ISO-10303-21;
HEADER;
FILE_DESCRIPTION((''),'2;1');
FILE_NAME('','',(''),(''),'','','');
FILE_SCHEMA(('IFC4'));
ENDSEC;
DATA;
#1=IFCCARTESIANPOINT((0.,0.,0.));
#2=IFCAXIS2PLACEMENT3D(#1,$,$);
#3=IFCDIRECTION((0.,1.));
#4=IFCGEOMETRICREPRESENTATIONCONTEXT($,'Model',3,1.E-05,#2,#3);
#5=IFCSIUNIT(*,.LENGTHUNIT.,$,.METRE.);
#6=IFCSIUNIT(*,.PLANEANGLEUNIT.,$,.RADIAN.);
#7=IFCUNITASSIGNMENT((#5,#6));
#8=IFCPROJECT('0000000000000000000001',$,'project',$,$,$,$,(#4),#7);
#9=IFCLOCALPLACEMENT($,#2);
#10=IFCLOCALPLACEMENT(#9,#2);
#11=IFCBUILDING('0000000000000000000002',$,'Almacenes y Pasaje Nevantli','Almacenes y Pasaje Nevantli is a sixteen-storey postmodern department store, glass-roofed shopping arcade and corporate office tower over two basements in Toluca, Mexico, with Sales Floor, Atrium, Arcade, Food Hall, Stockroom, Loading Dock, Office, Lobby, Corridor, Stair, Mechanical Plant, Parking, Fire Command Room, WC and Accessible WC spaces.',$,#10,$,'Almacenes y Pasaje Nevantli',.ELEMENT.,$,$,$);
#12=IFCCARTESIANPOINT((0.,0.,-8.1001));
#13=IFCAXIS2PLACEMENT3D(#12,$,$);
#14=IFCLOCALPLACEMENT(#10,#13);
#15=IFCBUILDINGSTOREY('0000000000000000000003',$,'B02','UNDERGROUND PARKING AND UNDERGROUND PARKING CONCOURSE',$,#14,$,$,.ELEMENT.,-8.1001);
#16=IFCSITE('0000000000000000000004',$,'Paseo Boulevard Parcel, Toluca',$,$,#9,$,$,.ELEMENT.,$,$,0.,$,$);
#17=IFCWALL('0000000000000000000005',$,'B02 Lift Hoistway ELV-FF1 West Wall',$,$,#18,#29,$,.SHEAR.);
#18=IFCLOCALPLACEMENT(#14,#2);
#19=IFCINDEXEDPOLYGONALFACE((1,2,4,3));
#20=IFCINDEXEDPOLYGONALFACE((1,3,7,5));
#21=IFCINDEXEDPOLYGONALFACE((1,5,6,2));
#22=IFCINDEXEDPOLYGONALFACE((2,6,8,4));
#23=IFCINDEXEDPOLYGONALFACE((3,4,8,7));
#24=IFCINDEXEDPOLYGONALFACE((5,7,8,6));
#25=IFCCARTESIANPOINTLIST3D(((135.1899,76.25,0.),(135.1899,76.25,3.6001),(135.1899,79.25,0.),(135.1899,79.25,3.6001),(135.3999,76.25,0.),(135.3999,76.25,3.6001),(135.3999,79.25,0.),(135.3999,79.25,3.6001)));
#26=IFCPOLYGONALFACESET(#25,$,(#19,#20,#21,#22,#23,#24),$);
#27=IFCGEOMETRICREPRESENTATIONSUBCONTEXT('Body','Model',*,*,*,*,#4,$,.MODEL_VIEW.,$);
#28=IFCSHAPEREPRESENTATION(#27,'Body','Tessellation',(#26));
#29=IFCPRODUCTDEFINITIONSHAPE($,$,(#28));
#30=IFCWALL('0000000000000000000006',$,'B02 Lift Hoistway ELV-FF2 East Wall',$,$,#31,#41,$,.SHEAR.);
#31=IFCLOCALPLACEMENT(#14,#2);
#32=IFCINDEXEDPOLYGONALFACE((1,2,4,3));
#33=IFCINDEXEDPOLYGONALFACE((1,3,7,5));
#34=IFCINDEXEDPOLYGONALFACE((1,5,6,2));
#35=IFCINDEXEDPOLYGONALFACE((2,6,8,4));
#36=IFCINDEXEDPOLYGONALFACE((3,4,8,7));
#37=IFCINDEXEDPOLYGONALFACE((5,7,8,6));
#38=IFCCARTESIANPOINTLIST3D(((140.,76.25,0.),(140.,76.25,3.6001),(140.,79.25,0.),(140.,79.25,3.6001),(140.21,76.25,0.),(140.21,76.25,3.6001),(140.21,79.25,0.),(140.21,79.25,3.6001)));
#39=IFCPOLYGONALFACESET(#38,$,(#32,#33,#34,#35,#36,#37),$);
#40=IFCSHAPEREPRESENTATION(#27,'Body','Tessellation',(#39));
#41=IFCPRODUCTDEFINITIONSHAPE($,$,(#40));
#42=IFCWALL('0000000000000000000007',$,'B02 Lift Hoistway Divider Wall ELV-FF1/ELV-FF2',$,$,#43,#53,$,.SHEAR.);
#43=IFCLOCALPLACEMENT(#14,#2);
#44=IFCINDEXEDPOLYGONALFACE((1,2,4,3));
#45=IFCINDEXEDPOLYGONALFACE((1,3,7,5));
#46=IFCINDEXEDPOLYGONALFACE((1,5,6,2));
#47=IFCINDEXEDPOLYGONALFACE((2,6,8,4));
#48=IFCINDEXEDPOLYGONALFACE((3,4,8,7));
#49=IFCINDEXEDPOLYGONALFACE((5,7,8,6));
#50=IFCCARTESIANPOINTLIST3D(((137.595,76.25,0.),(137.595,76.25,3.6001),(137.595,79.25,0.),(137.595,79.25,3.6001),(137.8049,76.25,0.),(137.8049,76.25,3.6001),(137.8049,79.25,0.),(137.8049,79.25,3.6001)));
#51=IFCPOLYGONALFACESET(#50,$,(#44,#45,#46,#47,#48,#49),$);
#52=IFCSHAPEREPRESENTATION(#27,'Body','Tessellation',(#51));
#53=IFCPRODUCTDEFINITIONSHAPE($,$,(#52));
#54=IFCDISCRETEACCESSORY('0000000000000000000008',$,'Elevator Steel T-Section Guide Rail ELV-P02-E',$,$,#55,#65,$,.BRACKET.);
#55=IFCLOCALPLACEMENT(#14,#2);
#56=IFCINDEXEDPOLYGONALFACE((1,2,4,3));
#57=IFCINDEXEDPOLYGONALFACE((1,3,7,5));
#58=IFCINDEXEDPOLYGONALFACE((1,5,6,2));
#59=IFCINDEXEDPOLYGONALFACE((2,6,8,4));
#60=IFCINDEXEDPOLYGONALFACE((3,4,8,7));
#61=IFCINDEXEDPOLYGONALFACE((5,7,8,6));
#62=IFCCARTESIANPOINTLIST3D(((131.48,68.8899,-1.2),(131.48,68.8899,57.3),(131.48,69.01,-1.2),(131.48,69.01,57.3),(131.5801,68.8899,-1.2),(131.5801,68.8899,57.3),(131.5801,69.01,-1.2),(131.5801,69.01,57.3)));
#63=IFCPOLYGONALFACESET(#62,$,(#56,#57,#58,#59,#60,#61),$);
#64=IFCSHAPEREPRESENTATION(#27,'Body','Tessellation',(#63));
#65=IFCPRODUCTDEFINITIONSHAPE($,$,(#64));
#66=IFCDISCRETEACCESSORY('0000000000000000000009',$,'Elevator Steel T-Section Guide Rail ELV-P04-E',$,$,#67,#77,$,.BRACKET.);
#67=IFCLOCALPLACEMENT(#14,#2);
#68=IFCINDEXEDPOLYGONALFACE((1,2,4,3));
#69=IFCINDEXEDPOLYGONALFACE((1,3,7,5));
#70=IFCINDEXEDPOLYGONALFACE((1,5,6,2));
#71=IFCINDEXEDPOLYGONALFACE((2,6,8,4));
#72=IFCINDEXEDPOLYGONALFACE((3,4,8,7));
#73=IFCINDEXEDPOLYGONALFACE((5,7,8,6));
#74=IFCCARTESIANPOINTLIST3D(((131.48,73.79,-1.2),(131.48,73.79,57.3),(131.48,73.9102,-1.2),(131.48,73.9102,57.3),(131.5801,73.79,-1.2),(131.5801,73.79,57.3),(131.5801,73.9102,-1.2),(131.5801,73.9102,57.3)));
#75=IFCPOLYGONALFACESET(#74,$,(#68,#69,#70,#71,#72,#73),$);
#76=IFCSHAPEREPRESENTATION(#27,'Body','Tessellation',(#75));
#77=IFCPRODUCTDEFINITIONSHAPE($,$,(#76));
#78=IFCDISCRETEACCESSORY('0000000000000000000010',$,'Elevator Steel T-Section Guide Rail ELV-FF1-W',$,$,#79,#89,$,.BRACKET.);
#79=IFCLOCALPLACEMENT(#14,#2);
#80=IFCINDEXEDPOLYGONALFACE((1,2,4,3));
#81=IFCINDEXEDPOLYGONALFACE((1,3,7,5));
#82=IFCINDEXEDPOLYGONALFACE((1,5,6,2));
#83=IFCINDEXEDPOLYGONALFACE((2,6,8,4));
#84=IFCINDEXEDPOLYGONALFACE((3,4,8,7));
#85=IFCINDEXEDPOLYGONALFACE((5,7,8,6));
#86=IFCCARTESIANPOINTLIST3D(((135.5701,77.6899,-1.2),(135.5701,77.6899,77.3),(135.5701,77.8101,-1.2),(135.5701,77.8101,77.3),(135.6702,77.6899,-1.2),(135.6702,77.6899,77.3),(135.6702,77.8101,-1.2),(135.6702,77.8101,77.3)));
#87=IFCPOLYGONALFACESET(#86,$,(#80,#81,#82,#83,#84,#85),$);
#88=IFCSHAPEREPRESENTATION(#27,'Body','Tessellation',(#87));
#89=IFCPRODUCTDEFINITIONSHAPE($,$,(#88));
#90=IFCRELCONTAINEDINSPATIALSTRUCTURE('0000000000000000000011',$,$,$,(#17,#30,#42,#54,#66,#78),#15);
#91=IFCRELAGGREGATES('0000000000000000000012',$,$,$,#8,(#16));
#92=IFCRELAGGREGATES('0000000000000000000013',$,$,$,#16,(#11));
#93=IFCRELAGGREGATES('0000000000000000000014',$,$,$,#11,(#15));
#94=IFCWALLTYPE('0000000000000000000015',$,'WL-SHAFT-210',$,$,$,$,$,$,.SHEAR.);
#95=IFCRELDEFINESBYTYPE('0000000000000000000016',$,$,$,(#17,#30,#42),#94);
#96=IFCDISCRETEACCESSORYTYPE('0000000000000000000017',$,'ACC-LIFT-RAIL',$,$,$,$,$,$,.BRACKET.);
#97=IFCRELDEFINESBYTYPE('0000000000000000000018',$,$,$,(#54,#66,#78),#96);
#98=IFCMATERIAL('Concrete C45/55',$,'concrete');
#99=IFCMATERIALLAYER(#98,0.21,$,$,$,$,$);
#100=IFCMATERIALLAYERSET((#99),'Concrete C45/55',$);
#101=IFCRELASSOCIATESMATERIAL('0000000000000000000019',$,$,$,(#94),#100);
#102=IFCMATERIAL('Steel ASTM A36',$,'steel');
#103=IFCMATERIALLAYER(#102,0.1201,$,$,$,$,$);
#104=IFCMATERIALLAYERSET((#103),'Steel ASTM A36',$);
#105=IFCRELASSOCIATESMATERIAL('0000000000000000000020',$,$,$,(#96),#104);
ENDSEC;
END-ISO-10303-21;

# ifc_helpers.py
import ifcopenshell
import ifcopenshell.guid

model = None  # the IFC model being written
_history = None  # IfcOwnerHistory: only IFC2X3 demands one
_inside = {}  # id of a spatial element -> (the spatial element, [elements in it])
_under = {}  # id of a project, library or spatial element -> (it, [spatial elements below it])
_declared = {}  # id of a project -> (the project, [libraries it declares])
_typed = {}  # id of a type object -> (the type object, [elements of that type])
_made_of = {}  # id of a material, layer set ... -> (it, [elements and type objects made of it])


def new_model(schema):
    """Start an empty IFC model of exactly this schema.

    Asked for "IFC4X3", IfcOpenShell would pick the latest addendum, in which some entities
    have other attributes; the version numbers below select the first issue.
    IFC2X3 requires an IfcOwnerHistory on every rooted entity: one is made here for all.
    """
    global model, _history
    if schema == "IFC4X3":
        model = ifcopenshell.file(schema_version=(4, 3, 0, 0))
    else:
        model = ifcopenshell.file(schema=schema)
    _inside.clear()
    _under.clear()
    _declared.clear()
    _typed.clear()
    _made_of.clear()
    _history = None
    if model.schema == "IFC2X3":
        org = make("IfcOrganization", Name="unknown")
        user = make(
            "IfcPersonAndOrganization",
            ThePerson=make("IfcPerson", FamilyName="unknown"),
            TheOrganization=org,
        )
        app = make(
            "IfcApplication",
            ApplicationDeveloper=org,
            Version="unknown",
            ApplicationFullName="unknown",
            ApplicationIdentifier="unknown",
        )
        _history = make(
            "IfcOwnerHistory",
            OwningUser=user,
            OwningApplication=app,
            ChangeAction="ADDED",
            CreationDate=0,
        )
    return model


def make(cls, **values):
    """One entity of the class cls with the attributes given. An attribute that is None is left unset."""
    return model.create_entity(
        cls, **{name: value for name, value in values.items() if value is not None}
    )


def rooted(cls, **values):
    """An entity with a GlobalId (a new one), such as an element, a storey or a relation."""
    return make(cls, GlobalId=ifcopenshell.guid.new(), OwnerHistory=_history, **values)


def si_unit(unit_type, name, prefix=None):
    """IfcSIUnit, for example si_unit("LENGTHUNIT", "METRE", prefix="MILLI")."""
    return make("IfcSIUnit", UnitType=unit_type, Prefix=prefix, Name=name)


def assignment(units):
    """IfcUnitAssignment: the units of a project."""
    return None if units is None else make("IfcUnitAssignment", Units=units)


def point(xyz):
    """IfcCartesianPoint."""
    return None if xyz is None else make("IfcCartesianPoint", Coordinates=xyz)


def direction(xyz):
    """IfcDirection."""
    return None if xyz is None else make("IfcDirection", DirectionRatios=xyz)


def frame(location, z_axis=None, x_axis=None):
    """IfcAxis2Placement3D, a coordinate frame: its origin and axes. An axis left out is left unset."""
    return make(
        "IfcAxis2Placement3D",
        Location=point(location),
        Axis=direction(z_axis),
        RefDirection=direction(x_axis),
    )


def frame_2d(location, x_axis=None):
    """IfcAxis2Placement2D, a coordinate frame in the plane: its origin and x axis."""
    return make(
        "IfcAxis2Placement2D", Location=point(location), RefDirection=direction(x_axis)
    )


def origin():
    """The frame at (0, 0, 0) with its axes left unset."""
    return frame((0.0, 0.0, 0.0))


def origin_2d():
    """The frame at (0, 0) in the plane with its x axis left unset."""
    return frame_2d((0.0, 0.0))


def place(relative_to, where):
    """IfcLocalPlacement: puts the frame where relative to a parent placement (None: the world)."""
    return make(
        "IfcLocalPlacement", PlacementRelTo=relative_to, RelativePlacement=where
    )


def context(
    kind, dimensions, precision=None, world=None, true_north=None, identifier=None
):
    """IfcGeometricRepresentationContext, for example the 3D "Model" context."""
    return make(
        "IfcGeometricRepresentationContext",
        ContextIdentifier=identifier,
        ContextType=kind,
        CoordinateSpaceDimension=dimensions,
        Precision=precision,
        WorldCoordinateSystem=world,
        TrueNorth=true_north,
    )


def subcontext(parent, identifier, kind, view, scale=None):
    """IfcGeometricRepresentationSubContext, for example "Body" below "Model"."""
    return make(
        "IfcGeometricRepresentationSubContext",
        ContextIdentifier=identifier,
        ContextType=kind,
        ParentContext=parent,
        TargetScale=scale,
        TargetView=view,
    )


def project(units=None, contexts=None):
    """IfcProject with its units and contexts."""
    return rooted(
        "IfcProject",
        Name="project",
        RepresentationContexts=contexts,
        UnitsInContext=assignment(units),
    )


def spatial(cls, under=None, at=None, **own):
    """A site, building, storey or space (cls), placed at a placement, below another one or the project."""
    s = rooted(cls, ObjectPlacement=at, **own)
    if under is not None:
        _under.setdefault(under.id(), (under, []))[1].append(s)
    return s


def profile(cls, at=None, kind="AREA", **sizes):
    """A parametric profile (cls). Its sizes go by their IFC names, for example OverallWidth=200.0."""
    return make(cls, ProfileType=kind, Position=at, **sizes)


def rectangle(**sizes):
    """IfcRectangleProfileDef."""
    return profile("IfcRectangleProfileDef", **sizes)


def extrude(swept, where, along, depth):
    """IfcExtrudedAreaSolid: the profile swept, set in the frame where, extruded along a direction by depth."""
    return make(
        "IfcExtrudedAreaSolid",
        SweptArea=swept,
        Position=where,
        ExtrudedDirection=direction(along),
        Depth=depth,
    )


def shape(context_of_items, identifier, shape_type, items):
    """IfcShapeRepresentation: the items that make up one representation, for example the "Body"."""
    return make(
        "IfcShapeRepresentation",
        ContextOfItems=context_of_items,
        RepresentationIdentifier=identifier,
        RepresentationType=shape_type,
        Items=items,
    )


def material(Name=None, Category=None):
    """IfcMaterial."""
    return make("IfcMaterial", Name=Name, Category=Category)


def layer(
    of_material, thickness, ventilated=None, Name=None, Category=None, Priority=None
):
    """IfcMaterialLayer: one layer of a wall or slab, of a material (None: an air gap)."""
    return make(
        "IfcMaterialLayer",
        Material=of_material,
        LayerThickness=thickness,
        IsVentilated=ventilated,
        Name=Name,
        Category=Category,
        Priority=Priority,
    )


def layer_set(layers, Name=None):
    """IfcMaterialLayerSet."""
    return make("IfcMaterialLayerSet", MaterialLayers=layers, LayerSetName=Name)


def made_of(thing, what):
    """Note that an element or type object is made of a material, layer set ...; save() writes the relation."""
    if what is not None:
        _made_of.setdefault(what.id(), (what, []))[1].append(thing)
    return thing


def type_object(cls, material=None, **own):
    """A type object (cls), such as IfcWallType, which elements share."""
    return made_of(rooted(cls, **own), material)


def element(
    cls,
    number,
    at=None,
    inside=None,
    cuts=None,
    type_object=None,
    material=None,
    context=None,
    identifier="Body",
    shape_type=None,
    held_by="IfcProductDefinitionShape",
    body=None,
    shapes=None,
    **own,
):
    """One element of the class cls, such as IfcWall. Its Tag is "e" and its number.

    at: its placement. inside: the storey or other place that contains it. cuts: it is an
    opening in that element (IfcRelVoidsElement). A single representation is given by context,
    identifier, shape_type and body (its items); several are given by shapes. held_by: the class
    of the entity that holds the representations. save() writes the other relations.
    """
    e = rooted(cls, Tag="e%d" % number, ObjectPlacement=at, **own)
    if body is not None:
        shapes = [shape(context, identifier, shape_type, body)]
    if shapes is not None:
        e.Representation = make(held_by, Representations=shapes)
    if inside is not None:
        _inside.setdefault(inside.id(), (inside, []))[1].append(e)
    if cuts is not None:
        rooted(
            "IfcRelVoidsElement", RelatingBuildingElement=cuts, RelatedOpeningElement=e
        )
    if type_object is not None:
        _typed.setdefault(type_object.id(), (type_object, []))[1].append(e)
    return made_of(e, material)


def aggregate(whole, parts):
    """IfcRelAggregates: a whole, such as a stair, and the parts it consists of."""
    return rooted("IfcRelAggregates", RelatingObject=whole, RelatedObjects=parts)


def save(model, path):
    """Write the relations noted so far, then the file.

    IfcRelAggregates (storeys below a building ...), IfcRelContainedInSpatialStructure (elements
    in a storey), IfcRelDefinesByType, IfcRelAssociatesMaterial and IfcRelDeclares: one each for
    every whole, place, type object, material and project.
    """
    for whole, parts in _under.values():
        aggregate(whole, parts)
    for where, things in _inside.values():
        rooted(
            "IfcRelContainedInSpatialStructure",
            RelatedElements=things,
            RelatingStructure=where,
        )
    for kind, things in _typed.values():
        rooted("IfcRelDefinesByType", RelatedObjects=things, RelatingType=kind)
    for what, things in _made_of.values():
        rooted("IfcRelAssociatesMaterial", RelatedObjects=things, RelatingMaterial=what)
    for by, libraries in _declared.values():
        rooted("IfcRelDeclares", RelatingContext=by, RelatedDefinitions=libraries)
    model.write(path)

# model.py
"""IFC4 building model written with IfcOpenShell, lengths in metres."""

from ifc_helpers import new_model, si_unit, direction, frame, frame_2d, origin, origin_2d, place, context, subcontext, project, spatial, rectangle, extrude, material, layer, layer_set, type_object, element, save


model = new_model("IFC4")

# Units and contexts
model_context = context("Model", 3, precision=1e-05, world=origin(), true_north=direction((0.0, 1.0)))
body_context = subcontext(model_context, "Body", "Model", "MODEL_VIEW")
ifc_project = project(units=[si_unit("LENGTHUNIT", "METRE"), si_unit("PLANEANGLEUNIT", "RADIAN")], contexts=[model_context])

# Site, building, storey
site_placement = place(None, origin())
site = spatial("IfcSite", under=ifc_project, at=site_placement, Name="Paseo Boulevard Parcel, Toluca", CompositionType="ELEMENT", RefElevation=0.0)
building_placement = place(site_placement, origin())
building = spatial("IfcBuilding", under=site, at=building_placement, Name="Almacenes y Pasaje Nevantli", Description="Almacenes y Pasaje Nevantli is a sixteen-storey postmodern department store, glass-roofed shopping arcade and corporate office tower over two basements in Toluca, Mexico, with Sales Floor, Atrium, Arcade, Food Hall, Stockroom, Loading Dock, Office, Lobby, Corridor, Stair, Mechanical Plant, Parking, Fire Command Room, WC and Accessible WC spaces.", LongName="Almacenes y Pasaje Nevantli", CompositionType="ELEMENT")
storey_placement = place(building_placement, frame((0.0, 0.0, -8.1001)))
storey = spatial("IfcBuildingStorey", under=building, at=storey_placement, Name="B02", Description="UNDERGROUND PARKING AND UNDERGROUND PARKING CONCOURSE", CompositionType="ELEMENT", Elevation=-8.1001)

# Walls
ifc_material_1 = material(Name="Concrete C45/55", Category="concrete")
ifc_layer_1 = layer(ifc_material_1, 0.21)
ifc_layer_set_1 = layer_set([ifc_layer_1], Name="Concrete C45/55")
wall_type_1 = type_object("IfcWallType", Name="WL-SHAFT-210", PredefinedType="SHEAR", material=ifc_layer_set_1)
for number, where, z_axis, x_axis, name in (
    (1, (135.2949, 76.25, 0.0), (0.0, 0.0, 1.0), (0.0, 1.0, 0.0), "B02 Lift Hoistway ELV-FF1 West Wall"),
    (2, (140.105, 76.25, 0.0), (0.0, 0.0, 1.0), (0.0, 1.0, 0.0), "B02 Lift Hoistway ELV-FF2 East Wall"),
    (3, (137.7, 76.25, 0.0), (0.0, 0.0, 1.0), (0.0, 1.0, 0.0), "B02 Lift Hoistway Divider Wall ELV-FF1/ELV-FF2"),
):
    element("IfcWall", number, at=place(storey_placement, frame(where, z_axis=z_axis, x_axis=x_axis)), inside=storey, type_object=wall_type_1, Name=name, PredefinedType="SHEAR", context=body_context, shape_type="SweptSolid", body=[
        extrude(rectangle(XDim=3.0, YDim=0.21, at=frame_2d((1.5, 0.0))), origin(), (0.0, 0.0, 1.0), 3.6001),
    ])

# Discrete accessories
ifc_material_2 = material(Name="Steel ASTM A36", Category="steel")
ifc_layer_2 = layer(ifc_material_2, 0.1201)
ifc_layer_set_2 = layer_set([ifc_layer_2], Name="Steel ASTM A36")
discrete_accessory_type = type_object("IfcDiscreteAccessoryType", Name="ACC-LIFT-RAIL", PredefinedType="BRACKET", material=ifc_layer_set_2)
for number, where, z_axis, x_axis, name in (
    (4, (131.53, 68.95, -1.2), (0.0, 0.0, 1.0), (1.0, 0.0, 0.0), "Elevator Steel T-Section Guide Rail ELV-P02-E"),
    (5, (131.53, 73.8501, -1.2), (0.0, 0.0, 1.0), (1.0, 0.0, 0.0), "Elevator Steel T-Section Guide Rail ELV-P04-E"),
):
    element("IfcDiscreteAccessory", number, at=place(storey_placement, frame(where, z_axis=z_axis, x_axis=x_axis)), inside=storey, type_object=discrete_accessory_type, Name=name, PredefinedType="BRACKET", context=body_context, shape_type="SweptSolid", body=[
        extrude(rectangle(XDim=0.1001, YDim=0.1201, at=origin_2d()), origin(), (0.0, 0.0, 1.0), 58.5),
    ])
discrete_accessory_placement = place(storey_placement, frame((135.6201, 77.75, -1.2), z_axis=(0.0, 0.0, 1.0), x_axis=(1.0, 0.0, 0.0)))
element("IfcDiscreteAccessory", 6, at=discrete_accessory_placement, inside=storey, type_object=discrete_accessory_type, Name="Elevator Steel T-Section Guide Rail ELV-FF1-W", PredefinedType="BRACKET", context=body_context, shape_type="SweptSolid", body=[
    extrude(rectangle(XDim=0.1001, YDim=0.1201, at=origin_2d()), origin(), (0.0, 0.0, 1.0), 78.5),
])

save(model, "model.ifc")
